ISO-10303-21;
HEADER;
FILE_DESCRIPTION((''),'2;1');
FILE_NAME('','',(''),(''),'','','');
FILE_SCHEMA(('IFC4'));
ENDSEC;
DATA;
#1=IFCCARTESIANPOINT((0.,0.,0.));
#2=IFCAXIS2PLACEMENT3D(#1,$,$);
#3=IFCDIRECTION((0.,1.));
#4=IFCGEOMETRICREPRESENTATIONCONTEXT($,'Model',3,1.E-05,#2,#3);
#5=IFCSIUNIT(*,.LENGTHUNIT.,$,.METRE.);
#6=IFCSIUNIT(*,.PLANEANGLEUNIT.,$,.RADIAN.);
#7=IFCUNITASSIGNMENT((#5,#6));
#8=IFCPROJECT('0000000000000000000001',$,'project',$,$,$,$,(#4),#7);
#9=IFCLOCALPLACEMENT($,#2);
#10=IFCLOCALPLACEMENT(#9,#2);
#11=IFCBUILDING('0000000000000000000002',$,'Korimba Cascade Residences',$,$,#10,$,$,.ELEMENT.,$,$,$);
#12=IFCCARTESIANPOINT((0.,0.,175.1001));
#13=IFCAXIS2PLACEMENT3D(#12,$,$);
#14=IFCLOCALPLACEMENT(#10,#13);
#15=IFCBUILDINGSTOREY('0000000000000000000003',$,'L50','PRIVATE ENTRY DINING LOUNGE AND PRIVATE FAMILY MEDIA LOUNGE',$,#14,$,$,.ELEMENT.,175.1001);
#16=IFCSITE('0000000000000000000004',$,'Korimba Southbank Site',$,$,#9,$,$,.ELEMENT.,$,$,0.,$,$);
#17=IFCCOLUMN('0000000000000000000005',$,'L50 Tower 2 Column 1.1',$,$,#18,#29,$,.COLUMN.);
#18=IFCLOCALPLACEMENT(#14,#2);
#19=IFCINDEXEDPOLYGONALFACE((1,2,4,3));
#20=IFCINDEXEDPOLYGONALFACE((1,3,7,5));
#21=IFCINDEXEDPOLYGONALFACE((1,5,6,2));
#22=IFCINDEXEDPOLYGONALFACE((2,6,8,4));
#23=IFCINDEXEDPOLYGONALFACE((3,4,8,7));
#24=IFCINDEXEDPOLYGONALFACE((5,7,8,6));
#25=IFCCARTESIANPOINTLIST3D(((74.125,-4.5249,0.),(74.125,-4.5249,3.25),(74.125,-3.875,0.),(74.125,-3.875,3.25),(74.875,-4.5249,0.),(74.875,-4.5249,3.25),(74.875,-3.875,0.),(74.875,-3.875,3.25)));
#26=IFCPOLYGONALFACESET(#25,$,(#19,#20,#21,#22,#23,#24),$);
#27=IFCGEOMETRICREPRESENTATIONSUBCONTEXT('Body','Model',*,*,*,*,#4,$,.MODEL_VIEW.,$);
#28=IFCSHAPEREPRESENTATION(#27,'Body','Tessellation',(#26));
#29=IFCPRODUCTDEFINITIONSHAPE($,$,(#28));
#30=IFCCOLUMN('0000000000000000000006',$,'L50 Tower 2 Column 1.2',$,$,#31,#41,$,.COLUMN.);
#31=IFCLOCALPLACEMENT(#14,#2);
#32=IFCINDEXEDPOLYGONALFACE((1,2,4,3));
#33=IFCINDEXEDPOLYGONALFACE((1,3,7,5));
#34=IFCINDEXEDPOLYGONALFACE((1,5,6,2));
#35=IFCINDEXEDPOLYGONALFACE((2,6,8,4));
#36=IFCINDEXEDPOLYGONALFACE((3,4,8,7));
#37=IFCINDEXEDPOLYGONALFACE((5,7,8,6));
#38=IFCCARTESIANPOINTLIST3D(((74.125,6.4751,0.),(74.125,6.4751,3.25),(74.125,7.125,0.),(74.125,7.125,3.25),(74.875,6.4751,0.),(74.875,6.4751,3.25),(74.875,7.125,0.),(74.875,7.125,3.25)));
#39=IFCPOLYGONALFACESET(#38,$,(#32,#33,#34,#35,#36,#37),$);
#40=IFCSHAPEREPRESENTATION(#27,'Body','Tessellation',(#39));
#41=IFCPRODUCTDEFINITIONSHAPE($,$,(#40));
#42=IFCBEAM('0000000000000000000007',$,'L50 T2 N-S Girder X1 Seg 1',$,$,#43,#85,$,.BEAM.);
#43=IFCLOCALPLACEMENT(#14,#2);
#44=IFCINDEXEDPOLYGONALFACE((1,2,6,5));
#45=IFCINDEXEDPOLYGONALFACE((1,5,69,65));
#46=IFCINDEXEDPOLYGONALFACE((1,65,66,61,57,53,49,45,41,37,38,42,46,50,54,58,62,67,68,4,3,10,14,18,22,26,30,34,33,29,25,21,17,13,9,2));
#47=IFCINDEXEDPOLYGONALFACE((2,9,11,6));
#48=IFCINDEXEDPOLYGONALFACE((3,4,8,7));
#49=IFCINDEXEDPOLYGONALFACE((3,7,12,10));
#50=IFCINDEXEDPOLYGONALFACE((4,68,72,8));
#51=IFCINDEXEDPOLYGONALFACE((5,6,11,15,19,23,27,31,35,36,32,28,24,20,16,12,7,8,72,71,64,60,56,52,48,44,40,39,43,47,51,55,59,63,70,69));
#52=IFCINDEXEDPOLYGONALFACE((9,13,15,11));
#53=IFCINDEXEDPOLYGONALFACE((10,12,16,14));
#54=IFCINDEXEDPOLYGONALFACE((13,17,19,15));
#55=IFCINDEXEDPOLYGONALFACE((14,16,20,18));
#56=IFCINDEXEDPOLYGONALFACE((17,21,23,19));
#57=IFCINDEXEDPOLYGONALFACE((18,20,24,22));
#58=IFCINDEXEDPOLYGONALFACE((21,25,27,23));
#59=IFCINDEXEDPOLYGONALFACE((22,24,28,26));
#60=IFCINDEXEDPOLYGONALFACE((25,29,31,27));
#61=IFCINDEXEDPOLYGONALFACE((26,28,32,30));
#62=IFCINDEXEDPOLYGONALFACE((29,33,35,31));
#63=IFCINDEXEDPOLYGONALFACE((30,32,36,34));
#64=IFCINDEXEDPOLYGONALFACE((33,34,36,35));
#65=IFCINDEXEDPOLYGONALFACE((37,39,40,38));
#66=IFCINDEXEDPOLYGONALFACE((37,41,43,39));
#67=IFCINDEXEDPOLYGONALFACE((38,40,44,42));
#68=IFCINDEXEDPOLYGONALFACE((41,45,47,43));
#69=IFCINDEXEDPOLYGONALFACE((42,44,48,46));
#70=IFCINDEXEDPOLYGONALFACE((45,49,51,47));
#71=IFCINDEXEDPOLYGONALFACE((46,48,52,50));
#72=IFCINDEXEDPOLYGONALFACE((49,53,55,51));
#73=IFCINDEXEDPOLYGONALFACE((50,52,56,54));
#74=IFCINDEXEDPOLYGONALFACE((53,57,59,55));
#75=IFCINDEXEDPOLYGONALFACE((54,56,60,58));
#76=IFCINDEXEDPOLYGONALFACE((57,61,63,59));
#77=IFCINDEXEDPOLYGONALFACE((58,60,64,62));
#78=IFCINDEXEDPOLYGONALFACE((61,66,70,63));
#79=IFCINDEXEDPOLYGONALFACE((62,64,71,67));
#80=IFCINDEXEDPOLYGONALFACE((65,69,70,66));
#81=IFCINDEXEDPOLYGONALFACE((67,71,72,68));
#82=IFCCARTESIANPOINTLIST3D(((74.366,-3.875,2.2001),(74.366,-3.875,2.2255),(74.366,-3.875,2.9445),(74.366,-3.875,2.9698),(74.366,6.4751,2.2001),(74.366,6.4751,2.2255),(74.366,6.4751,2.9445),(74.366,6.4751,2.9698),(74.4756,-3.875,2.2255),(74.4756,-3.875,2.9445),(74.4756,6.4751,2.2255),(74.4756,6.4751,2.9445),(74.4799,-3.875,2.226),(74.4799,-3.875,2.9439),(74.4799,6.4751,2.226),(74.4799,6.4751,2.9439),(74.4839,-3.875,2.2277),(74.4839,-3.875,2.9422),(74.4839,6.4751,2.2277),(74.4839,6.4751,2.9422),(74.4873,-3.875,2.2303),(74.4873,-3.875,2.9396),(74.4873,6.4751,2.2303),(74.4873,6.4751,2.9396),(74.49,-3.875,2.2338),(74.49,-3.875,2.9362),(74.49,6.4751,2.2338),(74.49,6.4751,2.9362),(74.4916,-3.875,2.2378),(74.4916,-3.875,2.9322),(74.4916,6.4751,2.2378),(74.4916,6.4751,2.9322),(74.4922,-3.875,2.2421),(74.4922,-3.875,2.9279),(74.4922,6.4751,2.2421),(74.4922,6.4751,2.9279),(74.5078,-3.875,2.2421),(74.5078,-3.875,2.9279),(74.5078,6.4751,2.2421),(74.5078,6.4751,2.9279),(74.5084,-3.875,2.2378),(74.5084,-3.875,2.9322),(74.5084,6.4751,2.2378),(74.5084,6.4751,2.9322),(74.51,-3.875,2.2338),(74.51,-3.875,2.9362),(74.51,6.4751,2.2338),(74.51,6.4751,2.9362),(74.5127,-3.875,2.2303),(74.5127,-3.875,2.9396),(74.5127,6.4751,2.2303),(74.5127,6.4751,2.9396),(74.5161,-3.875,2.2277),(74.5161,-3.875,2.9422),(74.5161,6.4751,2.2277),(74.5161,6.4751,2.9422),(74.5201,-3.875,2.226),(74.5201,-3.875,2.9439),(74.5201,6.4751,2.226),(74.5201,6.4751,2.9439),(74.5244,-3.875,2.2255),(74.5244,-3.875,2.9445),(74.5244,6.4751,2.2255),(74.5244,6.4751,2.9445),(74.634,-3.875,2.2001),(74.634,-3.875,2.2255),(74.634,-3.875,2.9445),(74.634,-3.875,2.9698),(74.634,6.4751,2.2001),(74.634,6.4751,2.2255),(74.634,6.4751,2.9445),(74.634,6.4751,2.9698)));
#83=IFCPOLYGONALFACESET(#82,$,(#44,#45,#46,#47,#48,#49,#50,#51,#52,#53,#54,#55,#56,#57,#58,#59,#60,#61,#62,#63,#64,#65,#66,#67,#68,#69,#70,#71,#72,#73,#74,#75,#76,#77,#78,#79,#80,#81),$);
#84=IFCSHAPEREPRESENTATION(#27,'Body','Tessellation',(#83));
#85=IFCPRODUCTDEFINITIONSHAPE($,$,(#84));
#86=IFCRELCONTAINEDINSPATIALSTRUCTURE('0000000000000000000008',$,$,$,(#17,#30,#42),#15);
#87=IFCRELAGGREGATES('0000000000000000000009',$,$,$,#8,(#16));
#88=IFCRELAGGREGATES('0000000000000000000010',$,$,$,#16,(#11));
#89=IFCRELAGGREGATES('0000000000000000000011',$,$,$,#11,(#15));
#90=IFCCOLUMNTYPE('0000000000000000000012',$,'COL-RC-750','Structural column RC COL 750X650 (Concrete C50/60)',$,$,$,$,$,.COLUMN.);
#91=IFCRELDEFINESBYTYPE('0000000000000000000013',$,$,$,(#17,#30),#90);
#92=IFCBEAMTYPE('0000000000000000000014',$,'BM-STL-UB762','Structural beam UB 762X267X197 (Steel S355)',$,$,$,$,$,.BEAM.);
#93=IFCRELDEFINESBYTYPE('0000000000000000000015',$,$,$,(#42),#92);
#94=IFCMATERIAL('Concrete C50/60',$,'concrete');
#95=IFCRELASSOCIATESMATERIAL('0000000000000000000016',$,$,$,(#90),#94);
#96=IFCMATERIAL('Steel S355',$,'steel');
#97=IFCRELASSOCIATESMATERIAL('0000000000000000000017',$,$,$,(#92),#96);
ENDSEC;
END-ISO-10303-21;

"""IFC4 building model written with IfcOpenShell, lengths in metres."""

from ifc_helpers import new_model, si_unit, direction, frame, origin, origin_2d, place, context, subcontext, project, spatial, rectangle, i_section, extrude, material, material_profile, profile_set, type_object, element, save


model = new_model("IFC4")

# Units and contexts
model_context = context("Model", 3, precision=1e-05, world=origin(), true_north=direction((0.0, 1.0)))
body_context = subcontext(model_context, "Body", "Model", "MODEL_VIEW")
ifc_project = project(units=[si_unit("LENGTHUNIT", "METRE"), si_unit("PLANEANGLEUNIT", "RADIAN")], contexts=[model_context])

# Site, building, storey
site_placement = place(None, origin())
site = spatial("IfcSite", under=ifc_project, at=site_placement, Name="Korimba Southbank Site", CompositionType="ELEMENT", RefElevation=0.0)
building_placement = place(site_placement, origin())
building = spatial("IfcBuilding", under=site, at=building_placement, Name="Korimba Cascade Residences", CompositionType="ELEMENT")
storey_placement = place(building_placement, frame((0.0, 0.0, 175.1001)))
storey = spatial("IfcBuildingStorey", under=building, at=storey_placement, Name="L50", Description="PRIVATE ENTRY DINING LOUNGE AND PRIVATE FAMILY MEDIA LOUNGE", CompositionType="ELEMENT", Elevation=175.1001)

# Columns
ifc_material_1 = material(Name="Concrete C50/60", Category="concrete")
ifc_material_profile_1 = material_profile(ifc_material_1, rectangle(XDim=0.75, YDim=0.6499, at=origin_2d()), Name="Concrete C50/60")
ifc_profile_set_1 = profile_set([ifc_material_profile_1], Name="Concrete C50/60")
column_type = type_object("IfcColumnType", Name="COL-RC-750", Description="Structural column RC COL 750X650 (Concrete C50/60)", PredefinedType="COLUMN", material=ifc_profile_set_1)
for number, where, z_axis, x_axis, name in (
    (1, (74.5, -4.2, 0.0), (0.0, 0.0, 1.0), (1.0, 0.0, 0.0), "L50 Tower 2 Column 1.1"),
    (2, (74.5, 6.8, 0.0), (0.0, 0.0, 1.0), (1.0, 0.0, 0.0), "L50 Tower 2 Column 1.2"),
):
    element("IfcColumn", number, at=place(storey_placement, frame(where, z_axis=z_axis, x_axis=x_axis)), inside=storey, type_object=column_type, Name=name, PredefinedType="COLUMN", context=body_context, shape_type="SweptSolid", body=[
        extrude(rectangle(XDim=0.75, YDim=0.6499, at=origin_2d()), origin(), (0.0, 0.0, 1.0), 3.25),
    ])

# Beam
ifc_material_2 = material(Name="Steel S355", Category="steel")
ifc_material_profile_2 = material_profile(ifc_material_2, i_section(OverallWidth=0.2681, OverallDepth=0.7698, WebThickness=0.0156, FlangeThickness=0.0254, FilletRadius=0.0166, at=origin_2d()), Name="Steel S355")
ifc_profile_set_2 = profile_set([ifc_material_profile_2], Name="Steel S355")
beam_type = type_object("IfcBeamType", Name="BM-STL-UB762", Description="Structural beam UB 762X267X197 (Steel S355)", PredefinedType="BEAM", material=ifc_profile_set_2)
beam_placement = place(storey_placement, frame((74.5, -3.875, 2.585), z_axis=(0.0, 1.0, 0.0), x_axis=(-1.0, 0.0, 0.0)))
element("IfcBeam", 3, at=beam_placement, inside=storey, type_object=beam_type, Name="L50 T2 N-S Girder X1 Seg 1", PredefinedType="BEAM", context=body_context, shape_type="SweptSolid", body=[
    extrude(i_section(OverallWidth=0.2681, OverallDepth=0.7698, WebThickness=0.0156, FlangeThickness=0.0254, FilletRadius=0.0166, at=origin_2d()), origin(), (0.0, 0.0, 1.0), 10.3501),
])

save(model, "model.ifc")
